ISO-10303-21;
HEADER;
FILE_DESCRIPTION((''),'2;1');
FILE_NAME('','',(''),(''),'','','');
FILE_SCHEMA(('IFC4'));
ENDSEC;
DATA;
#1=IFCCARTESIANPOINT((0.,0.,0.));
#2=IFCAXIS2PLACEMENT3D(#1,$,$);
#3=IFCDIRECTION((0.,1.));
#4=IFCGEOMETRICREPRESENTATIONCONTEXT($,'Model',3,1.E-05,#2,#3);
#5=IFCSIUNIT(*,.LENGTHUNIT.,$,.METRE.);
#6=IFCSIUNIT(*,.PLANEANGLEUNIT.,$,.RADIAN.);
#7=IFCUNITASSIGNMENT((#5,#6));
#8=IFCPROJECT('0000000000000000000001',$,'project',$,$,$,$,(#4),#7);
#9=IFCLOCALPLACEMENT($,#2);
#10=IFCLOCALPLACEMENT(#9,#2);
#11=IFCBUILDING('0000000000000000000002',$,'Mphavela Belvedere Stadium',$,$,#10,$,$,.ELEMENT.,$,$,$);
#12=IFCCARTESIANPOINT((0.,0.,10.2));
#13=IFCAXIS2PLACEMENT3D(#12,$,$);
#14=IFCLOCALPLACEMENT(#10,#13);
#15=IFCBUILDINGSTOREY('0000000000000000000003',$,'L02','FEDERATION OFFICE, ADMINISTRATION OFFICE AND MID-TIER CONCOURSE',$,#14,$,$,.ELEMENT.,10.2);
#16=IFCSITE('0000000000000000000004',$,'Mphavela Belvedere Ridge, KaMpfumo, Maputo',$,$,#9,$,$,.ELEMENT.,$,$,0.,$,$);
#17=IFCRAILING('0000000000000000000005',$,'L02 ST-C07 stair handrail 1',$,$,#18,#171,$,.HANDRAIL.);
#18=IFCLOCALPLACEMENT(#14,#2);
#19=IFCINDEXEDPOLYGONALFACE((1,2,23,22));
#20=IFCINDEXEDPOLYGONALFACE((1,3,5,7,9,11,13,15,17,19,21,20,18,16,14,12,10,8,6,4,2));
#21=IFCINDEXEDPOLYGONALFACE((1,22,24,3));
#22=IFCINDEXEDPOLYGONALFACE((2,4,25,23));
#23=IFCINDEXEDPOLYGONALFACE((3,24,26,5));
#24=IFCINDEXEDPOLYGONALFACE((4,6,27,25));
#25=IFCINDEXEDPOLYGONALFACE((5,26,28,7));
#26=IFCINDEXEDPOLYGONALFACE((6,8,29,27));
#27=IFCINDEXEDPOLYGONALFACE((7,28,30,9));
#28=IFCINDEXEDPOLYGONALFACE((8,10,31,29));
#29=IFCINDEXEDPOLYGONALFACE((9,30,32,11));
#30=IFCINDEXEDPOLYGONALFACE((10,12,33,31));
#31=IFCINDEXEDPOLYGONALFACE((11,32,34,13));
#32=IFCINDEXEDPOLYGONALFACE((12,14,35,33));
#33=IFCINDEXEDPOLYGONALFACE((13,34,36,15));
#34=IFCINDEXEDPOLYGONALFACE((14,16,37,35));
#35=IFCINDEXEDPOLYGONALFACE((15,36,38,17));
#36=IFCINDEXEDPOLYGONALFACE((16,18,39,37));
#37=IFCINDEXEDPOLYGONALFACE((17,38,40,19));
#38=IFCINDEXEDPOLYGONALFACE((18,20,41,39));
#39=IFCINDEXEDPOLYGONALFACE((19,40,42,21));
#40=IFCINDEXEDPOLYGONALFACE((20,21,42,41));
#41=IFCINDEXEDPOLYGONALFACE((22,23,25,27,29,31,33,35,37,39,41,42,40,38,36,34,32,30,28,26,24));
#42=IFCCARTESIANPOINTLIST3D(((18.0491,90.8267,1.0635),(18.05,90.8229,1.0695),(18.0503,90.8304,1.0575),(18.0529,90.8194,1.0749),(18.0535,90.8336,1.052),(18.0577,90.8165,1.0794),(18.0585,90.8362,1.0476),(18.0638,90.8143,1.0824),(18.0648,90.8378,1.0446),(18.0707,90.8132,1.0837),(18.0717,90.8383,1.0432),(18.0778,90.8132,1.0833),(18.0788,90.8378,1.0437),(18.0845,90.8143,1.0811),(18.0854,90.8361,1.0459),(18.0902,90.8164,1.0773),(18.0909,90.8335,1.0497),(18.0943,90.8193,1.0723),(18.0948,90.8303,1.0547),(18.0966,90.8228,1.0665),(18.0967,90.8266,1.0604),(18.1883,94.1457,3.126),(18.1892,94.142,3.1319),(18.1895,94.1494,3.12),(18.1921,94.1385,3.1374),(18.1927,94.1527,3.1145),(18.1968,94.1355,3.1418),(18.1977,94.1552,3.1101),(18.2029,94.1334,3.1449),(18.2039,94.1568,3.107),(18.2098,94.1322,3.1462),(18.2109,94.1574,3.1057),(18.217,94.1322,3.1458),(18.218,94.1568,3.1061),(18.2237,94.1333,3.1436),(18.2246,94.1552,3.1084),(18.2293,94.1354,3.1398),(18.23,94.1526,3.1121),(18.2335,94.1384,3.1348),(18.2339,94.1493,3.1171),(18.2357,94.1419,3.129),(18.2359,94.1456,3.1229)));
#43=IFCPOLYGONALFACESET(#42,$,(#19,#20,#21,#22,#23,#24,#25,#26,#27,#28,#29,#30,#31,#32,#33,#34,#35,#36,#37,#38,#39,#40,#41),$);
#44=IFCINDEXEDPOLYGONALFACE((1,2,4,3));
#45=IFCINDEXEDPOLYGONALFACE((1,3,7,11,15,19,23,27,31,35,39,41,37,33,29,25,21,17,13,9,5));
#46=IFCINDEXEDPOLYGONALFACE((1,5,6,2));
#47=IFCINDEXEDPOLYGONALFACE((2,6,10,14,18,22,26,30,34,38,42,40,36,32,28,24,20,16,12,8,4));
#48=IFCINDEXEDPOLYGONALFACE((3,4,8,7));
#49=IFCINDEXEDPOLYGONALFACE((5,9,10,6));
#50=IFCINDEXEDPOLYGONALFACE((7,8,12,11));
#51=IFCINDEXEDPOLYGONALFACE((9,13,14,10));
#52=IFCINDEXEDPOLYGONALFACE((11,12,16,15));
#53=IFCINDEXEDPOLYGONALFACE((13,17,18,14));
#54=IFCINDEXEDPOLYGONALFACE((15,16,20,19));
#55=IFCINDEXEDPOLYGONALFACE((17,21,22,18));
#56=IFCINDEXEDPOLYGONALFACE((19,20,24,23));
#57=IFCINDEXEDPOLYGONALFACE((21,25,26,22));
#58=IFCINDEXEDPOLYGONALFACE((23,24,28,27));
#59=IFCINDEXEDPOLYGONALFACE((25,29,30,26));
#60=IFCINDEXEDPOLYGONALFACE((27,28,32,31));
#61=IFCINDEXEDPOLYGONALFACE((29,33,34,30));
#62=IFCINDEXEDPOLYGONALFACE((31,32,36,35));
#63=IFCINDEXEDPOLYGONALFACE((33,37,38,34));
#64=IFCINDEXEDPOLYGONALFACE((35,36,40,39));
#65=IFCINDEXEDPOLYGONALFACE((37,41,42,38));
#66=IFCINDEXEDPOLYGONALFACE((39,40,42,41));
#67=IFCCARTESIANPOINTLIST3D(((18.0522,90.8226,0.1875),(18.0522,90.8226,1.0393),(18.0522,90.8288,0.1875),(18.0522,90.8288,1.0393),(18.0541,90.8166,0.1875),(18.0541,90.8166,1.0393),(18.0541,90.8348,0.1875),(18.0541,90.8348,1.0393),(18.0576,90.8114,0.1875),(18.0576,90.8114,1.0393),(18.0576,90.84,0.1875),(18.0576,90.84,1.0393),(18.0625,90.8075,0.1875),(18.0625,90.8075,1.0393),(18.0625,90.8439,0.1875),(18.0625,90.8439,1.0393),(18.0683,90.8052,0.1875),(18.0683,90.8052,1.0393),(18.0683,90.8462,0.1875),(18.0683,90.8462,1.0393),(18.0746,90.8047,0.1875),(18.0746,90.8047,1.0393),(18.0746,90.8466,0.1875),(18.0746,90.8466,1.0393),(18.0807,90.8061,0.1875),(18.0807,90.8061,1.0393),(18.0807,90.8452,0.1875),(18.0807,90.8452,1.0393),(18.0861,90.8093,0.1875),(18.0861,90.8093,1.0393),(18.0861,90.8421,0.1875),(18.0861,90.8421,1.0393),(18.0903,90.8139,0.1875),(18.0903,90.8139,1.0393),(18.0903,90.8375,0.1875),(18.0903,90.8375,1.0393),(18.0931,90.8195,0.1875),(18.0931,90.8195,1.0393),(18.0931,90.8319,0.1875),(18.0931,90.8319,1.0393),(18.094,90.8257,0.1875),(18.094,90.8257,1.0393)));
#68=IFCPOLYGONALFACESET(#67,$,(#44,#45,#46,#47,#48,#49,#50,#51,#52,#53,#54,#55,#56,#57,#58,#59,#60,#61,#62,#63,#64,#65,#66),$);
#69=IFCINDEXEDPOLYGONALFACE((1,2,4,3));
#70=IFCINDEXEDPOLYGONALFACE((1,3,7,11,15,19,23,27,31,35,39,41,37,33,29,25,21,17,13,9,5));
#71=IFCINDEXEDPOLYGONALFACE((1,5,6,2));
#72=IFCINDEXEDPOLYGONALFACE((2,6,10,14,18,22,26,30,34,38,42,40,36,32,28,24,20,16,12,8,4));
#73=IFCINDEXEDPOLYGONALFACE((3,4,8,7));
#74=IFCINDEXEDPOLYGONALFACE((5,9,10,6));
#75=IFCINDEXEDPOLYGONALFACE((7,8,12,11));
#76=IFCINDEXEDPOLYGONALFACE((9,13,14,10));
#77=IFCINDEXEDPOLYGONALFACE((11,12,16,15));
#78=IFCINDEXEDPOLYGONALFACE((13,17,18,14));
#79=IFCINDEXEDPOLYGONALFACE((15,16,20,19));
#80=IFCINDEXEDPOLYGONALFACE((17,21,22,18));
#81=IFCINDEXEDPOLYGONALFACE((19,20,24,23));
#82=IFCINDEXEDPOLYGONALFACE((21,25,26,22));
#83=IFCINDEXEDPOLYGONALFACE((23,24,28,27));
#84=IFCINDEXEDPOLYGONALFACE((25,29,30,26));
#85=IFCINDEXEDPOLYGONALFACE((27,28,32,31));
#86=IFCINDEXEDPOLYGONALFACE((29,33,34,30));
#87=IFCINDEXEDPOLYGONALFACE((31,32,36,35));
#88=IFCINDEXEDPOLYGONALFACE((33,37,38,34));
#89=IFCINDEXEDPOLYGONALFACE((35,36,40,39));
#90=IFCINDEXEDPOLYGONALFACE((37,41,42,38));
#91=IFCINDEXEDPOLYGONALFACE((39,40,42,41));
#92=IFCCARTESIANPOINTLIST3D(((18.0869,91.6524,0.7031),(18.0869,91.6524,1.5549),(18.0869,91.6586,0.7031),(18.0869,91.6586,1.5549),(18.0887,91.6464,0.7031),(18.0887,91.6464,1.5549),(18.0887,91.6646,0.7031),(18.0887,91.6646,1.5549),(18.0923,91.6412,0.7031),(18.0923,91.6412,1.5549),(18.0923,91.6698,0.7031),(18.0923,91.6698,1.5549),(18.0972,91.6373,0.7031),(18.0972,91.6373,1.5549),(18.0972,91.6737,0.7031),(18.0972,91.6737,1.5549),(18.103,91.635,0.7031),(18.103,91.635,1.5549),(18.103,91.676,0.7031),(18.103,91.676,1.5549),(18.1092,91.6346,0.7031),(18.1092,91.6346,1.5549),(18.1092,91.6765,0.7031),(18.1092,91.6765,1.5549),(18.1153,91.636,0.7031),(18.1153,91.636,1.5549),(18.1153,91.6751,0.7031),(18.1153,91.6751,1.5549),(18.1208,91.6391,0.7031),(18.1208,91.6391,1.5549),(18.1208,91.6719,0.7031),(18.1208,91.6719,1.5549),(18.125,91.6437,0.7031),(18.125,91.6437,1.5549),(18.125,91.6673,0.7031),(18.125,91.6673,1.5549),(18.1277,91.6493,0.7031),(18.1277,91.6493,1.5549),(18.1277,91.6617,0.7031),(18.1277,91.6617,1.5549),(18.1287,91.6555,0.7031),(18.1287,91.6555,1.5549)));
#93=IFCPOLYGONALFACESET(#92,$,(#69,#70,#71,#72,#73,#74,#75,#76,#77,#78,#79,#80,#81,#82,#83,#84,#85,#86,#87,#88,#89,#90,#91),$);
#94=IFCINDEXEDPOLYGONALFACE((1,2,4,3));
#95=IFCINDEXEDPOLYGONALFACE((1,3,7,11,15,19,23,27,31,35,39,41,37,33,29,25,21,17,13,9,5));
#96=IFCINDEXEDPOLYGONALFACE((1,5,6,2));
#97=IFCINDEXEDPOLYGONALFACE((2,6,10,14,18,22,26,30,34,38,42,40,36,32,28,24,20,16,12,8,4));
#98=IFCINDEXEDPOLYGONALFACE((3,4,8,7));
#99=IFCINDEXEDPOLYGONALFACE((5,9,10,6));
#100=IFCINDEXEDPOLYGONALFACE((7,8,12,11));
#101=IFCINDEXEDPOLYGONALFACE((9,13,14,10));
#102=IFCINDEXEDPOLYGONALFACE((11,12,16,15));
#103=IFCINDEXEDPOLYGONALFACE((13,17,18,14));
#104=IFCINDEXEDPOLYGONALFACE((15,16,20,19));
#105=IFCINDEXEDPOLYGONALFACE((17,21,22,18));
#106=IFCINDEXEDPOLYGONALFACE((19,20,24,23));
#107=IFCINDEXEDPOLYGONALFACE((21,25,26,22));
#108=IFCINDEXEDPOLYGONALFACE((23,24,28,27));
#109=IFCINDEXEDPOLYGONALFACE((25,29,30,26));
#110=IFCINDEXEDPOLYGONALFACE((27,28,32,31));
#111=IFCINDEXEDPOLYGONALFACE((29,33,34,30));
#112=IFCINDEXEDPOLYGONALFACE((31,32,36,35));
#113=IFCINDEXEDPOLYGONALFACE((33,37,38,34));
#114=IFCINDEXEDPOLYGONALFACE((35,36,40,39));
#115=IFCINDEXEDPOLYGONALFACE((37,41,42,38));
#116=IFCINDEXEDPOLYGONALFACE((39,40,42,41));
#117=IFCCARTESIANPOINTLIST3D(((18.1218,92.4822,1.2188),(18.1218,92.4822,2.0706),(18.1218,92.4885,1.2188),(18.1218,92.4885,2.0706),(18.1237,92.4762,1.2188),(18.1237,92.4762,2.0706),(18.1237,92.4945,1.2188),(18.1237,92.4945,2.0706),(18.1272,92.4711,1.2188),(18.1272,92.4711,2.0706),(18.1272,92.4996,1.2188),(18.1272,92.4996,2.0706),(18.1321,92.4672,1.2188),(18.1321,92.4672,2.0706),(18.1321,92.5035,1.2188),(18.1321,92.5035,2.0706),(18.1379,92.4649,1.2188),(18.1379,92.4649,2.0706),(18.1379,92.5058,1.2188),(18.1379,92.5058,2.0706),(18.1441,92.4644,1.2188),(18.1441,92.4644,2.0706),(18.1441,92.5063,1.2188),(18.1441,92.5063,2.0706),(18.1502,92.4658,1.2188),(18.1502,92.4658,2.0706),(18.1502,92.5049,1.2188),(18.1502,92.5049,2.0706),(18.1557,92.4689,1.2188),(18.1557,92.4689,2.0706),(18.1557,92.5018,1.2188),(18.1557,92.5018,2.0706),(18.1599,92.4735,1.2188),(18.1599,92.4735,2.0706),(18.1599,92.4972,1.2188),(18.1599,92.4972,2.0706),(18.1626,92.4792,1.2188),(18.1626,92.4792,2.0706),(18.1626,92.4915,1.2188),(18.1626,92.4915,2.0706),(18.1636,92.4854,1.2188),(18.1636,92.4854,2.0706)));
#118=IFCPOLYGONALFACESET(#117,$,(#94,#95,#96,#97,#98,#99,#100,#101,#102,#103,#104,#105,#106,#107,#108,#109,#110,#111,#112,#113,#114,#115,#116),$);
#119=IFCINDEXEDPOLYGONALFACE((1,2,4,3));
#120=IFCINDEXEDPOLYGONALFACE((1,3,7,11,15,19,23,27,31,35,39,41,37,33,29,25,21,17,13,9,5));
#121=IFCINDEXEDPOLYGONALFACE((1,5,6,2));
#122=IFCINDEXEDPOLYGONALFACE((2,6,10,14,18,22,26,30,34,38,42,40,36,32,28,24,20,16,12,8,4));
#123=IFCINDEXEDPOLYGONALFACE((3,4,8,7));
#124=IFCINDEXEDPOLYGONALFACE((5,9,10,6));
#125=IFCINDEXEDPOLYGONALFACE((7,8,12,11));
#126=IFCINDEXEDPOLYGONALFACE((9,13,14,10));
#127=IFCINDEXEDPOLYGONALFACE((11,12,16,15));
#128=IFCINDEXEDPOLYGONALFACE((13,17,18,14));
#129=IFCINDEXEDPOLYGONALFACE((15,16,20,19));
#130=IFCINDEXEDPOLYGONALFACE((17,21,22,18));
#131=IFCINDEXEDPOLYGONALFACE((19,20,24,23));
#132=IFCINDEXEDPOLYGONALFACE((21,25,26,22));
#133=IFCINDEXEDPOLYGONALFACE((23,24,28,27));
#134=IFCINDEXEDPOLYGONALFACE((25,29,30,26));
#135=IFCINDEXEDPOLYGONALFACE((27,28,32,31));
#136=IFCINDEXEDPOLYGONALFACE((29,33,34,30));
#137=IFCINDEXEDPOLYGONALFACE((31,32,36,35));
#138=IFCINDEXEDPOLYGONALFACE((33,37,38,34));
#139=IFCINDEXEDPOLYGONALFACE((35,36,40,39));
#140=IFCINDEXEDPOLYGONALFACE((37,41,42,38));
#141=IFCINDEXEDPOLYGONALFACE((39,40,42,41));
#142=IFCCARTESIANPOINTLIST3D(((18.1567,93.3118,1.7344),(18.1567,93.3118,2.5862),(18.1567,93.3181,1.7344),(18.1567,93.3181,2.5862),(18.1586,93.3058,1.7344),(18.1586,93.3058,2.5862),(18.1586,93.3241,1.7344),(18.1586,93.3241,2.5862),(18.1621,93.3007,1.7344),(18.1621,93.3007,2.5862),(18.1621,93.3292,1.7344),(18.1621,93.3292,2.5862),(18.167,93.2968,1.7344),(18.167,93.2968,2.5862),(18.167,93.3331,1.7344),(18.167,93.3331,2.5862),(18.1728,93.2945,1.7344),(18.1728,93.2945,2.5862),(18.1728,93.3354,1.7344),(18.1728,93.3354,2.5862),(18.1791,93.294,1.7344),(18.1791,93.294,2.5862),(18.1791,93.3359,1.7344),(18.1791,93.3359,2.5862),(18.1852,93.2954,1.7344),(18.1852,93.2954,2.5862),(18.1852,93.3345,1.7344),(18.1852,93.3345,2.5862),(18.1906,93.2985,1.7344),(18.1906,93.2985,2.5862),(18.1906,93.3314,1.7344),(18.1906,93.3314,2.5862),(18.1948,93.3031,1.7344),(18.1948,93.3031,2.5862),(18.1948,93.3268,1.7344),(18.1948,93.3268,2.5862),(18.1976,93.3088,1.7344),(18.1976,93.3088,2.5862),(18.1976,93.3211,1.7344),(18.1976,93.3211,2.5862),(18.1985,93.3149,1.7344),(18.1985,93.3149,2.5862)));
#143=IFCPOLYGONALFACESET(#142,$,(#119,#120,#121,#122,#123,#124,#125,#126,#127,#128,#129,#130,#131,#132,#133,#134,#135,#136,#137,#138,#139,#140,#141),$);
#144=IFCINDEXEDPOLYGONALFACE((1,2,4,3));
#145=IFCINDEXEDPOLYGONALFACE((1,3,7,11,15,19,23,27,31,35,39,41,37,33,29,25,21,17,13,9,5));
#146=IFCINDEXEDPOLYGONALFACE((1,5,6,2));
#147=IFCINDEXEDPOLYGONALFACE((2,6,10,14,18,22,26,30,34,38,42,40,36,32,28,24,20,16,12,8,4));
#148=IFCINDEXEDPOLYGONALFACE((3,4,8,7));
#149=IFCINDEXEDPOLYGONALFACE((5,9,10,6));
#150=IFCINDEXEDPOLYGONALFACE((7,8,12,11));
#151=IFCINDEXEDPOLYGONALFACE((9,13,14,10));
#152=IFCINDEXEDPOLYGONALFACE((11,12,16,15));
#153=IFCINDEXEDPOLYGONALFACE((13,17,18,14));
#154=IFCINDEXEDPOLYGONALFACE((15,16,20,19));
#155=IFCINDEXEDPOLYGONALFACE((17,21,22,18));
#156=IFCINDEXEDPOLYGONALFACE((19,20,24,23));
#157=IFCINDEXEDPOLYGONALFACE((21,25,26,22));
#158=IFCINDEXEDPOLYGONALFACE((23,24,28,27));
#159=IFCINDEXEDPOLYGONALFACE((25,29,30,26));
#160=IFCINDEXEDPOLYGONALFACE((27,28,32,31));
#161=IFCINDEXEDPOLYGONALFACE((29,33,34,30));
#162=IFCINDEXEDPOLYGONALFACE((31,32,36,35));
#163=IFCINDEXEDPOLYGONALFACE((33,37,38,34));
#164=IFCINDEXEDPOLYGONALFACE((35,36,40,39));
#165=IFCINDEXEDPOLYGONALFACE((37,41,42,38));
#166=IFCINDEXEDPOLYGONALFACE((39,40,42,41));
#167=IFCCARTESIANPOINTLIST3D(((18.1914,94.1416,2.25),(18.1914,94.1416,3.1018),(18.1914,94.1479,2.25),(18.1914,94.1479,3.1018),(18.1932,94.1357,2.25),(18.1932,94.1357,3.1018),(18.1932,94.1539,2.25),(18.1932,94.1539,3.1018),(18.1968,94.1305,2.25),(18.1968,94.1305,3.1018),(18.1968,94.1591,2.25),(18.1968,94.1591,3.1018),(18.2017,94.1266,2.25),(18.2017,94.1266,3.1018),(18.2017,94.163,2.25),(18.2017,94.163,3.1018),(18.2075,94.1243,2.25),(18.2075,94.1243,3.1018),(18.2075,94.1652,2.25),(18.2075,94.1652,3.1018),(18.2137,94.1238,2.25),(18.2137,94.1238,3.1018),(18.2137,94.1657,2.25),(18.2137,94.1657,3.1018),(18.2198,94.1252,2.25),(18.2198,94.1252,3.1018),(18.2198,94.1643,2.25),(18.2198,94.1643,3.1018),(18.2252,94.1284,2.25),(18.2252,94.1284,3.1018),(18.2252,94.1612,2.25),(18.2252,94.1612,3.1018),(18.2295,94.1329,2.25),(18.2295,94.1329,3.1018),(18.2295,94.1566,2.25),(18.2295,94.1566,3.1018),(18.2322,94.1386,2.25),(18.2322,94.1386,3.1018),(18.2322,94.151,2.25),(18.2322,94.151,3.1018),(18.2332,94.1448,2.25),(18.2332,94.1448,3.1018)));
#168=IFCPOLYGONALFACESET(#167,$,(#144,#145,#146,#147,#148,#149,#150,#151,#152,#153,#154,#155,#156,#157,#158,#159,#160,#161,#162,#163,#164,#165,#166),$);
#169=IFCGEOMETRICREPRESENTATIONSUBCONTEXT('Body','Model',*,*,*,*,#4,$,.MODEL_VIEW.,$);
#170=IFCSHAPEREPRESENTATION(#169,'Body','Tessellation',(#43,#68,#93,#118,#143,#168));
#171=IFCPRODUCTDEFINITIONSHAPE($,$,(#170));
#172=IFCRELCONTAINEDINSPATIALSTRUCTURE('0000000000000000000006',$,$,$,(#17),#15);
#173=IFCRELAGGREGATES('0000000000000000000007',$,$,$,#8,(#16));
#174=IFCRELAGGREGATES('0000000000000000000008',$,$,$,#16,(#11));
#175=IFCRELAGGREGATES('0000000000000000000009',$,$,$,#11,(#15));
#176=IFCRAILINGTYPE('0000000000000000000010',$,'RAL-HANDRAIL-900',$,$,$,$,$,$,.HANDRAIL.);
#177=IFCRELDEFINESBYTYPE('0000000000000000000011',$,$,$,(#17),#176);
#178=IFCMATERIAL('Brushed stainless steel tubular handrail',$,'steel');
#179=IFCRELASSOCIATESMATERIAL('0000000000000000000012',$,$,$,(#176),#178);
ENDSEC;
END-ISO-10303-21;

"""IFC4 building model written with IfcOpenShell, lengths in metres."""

from ifc_helpers import new_model, si_unit, direction, frame, origin, origin_2d, place, context, subcontext, project, spatial, circle, extrude, material, type_object, element, save


model = new_model("IFC4")

# Units and contexts
model_context = context("Model", 3, precision=1e-05, world=origin(), true_north=direction((0.0, 1.0)))
body_context = subcontext(model_context, "Body", "Model", "MODEL_VIEW")
ifc_project = project(units=[si_unit("LENGTHUNIT", "METRE"), si_unit("PLANEANGLEUNIT", "RADIAN")], contexts=[model_context])

# Site, building, storey
site_placement = place(None, origin())
site = spatial("IfcSite", under=ifc_project, at=site_placement, Name="Mphavela Belvedere Ridge, KaMpfumo, Maputo", CompositionType="ELEMENT", RefElevation=0.0)
building_placement = place(site_placement, origin())
building = spatial("IfcBuilding", under=site, at=building_placement, Name="Mphavela Belvedere Stadium", CompositionType="ELEMENT")
storey_placement = place(building_placement, frame((0.0, 0.0, 10.2)))
storey = spatial("IfcBuildingStorey", under=building, at=storey_placement, Name="L02", Description="FEDERATION OFFICE, ADMINISTRATION OFFICE AND MID-TIER CONCOURSE", CompositionType="ELEMENT", Elevation=10.2)

# Railing
ifc_material_1 = material(Name="Brushed stainless steel tubular handrail", Category="steel")
railing_type_1 = type_object("IfcRailingType", Name="RAL-HANDRAIL-900", PredefinedType="HANDRAIL", material=ifc_material_1)
railing_1_placement = place(storey_placement, frame((18.073, 90.8257, 0.1875)))
element("IfcRailing", 1, at=railing_1_placement, inside=storey, type_object=railing_type_1, Name="L02 ST-C07 stair handrail 1", PredefinedType="HANDRAIL", context=body_context, shape_type="SweptSolid", body=[
    extrude(circle(Radius=0.0239, at=origin_2d()), frame((0.0, 0.0, 0.876), z_axis=(0.035589, 0.84883, 0.527467), x_axis=(-0.999122, 0.04189, 0.0)), (0.0, 0.0, 1.0), 3.9102),
    extrude(circle(Radius=0.021, at=origin_2d()), origin(), (0.0, 0.0, 1.0), 0.8518),
    extrude(circle(Radius=0.021, at=origin_2d()), frame((0.0347, 0.8298, 0.5156)), (0.0, 0.0, 1.0), 0.8518),
    extrude(circle(Radius=0.021, at=origin_2d()), frame((0.0696, 1.6597, 1.0312)), (0.0, 0.0, 1.0), 0.8518),
    extrude(circle(Radius=0.021, at=origin_2d()), frame((0.1045, 2.4893, 1.5469)), (0.0, 0.0, 1.0), 0.8518),
    extrude(circle(Radius=0.021, at=origin_2d()), frame((0.1392, 3.3191, 2.0625)), (0.0, 0.0, 1.0), 0.8518),
])

save(model, "model.ifc")
